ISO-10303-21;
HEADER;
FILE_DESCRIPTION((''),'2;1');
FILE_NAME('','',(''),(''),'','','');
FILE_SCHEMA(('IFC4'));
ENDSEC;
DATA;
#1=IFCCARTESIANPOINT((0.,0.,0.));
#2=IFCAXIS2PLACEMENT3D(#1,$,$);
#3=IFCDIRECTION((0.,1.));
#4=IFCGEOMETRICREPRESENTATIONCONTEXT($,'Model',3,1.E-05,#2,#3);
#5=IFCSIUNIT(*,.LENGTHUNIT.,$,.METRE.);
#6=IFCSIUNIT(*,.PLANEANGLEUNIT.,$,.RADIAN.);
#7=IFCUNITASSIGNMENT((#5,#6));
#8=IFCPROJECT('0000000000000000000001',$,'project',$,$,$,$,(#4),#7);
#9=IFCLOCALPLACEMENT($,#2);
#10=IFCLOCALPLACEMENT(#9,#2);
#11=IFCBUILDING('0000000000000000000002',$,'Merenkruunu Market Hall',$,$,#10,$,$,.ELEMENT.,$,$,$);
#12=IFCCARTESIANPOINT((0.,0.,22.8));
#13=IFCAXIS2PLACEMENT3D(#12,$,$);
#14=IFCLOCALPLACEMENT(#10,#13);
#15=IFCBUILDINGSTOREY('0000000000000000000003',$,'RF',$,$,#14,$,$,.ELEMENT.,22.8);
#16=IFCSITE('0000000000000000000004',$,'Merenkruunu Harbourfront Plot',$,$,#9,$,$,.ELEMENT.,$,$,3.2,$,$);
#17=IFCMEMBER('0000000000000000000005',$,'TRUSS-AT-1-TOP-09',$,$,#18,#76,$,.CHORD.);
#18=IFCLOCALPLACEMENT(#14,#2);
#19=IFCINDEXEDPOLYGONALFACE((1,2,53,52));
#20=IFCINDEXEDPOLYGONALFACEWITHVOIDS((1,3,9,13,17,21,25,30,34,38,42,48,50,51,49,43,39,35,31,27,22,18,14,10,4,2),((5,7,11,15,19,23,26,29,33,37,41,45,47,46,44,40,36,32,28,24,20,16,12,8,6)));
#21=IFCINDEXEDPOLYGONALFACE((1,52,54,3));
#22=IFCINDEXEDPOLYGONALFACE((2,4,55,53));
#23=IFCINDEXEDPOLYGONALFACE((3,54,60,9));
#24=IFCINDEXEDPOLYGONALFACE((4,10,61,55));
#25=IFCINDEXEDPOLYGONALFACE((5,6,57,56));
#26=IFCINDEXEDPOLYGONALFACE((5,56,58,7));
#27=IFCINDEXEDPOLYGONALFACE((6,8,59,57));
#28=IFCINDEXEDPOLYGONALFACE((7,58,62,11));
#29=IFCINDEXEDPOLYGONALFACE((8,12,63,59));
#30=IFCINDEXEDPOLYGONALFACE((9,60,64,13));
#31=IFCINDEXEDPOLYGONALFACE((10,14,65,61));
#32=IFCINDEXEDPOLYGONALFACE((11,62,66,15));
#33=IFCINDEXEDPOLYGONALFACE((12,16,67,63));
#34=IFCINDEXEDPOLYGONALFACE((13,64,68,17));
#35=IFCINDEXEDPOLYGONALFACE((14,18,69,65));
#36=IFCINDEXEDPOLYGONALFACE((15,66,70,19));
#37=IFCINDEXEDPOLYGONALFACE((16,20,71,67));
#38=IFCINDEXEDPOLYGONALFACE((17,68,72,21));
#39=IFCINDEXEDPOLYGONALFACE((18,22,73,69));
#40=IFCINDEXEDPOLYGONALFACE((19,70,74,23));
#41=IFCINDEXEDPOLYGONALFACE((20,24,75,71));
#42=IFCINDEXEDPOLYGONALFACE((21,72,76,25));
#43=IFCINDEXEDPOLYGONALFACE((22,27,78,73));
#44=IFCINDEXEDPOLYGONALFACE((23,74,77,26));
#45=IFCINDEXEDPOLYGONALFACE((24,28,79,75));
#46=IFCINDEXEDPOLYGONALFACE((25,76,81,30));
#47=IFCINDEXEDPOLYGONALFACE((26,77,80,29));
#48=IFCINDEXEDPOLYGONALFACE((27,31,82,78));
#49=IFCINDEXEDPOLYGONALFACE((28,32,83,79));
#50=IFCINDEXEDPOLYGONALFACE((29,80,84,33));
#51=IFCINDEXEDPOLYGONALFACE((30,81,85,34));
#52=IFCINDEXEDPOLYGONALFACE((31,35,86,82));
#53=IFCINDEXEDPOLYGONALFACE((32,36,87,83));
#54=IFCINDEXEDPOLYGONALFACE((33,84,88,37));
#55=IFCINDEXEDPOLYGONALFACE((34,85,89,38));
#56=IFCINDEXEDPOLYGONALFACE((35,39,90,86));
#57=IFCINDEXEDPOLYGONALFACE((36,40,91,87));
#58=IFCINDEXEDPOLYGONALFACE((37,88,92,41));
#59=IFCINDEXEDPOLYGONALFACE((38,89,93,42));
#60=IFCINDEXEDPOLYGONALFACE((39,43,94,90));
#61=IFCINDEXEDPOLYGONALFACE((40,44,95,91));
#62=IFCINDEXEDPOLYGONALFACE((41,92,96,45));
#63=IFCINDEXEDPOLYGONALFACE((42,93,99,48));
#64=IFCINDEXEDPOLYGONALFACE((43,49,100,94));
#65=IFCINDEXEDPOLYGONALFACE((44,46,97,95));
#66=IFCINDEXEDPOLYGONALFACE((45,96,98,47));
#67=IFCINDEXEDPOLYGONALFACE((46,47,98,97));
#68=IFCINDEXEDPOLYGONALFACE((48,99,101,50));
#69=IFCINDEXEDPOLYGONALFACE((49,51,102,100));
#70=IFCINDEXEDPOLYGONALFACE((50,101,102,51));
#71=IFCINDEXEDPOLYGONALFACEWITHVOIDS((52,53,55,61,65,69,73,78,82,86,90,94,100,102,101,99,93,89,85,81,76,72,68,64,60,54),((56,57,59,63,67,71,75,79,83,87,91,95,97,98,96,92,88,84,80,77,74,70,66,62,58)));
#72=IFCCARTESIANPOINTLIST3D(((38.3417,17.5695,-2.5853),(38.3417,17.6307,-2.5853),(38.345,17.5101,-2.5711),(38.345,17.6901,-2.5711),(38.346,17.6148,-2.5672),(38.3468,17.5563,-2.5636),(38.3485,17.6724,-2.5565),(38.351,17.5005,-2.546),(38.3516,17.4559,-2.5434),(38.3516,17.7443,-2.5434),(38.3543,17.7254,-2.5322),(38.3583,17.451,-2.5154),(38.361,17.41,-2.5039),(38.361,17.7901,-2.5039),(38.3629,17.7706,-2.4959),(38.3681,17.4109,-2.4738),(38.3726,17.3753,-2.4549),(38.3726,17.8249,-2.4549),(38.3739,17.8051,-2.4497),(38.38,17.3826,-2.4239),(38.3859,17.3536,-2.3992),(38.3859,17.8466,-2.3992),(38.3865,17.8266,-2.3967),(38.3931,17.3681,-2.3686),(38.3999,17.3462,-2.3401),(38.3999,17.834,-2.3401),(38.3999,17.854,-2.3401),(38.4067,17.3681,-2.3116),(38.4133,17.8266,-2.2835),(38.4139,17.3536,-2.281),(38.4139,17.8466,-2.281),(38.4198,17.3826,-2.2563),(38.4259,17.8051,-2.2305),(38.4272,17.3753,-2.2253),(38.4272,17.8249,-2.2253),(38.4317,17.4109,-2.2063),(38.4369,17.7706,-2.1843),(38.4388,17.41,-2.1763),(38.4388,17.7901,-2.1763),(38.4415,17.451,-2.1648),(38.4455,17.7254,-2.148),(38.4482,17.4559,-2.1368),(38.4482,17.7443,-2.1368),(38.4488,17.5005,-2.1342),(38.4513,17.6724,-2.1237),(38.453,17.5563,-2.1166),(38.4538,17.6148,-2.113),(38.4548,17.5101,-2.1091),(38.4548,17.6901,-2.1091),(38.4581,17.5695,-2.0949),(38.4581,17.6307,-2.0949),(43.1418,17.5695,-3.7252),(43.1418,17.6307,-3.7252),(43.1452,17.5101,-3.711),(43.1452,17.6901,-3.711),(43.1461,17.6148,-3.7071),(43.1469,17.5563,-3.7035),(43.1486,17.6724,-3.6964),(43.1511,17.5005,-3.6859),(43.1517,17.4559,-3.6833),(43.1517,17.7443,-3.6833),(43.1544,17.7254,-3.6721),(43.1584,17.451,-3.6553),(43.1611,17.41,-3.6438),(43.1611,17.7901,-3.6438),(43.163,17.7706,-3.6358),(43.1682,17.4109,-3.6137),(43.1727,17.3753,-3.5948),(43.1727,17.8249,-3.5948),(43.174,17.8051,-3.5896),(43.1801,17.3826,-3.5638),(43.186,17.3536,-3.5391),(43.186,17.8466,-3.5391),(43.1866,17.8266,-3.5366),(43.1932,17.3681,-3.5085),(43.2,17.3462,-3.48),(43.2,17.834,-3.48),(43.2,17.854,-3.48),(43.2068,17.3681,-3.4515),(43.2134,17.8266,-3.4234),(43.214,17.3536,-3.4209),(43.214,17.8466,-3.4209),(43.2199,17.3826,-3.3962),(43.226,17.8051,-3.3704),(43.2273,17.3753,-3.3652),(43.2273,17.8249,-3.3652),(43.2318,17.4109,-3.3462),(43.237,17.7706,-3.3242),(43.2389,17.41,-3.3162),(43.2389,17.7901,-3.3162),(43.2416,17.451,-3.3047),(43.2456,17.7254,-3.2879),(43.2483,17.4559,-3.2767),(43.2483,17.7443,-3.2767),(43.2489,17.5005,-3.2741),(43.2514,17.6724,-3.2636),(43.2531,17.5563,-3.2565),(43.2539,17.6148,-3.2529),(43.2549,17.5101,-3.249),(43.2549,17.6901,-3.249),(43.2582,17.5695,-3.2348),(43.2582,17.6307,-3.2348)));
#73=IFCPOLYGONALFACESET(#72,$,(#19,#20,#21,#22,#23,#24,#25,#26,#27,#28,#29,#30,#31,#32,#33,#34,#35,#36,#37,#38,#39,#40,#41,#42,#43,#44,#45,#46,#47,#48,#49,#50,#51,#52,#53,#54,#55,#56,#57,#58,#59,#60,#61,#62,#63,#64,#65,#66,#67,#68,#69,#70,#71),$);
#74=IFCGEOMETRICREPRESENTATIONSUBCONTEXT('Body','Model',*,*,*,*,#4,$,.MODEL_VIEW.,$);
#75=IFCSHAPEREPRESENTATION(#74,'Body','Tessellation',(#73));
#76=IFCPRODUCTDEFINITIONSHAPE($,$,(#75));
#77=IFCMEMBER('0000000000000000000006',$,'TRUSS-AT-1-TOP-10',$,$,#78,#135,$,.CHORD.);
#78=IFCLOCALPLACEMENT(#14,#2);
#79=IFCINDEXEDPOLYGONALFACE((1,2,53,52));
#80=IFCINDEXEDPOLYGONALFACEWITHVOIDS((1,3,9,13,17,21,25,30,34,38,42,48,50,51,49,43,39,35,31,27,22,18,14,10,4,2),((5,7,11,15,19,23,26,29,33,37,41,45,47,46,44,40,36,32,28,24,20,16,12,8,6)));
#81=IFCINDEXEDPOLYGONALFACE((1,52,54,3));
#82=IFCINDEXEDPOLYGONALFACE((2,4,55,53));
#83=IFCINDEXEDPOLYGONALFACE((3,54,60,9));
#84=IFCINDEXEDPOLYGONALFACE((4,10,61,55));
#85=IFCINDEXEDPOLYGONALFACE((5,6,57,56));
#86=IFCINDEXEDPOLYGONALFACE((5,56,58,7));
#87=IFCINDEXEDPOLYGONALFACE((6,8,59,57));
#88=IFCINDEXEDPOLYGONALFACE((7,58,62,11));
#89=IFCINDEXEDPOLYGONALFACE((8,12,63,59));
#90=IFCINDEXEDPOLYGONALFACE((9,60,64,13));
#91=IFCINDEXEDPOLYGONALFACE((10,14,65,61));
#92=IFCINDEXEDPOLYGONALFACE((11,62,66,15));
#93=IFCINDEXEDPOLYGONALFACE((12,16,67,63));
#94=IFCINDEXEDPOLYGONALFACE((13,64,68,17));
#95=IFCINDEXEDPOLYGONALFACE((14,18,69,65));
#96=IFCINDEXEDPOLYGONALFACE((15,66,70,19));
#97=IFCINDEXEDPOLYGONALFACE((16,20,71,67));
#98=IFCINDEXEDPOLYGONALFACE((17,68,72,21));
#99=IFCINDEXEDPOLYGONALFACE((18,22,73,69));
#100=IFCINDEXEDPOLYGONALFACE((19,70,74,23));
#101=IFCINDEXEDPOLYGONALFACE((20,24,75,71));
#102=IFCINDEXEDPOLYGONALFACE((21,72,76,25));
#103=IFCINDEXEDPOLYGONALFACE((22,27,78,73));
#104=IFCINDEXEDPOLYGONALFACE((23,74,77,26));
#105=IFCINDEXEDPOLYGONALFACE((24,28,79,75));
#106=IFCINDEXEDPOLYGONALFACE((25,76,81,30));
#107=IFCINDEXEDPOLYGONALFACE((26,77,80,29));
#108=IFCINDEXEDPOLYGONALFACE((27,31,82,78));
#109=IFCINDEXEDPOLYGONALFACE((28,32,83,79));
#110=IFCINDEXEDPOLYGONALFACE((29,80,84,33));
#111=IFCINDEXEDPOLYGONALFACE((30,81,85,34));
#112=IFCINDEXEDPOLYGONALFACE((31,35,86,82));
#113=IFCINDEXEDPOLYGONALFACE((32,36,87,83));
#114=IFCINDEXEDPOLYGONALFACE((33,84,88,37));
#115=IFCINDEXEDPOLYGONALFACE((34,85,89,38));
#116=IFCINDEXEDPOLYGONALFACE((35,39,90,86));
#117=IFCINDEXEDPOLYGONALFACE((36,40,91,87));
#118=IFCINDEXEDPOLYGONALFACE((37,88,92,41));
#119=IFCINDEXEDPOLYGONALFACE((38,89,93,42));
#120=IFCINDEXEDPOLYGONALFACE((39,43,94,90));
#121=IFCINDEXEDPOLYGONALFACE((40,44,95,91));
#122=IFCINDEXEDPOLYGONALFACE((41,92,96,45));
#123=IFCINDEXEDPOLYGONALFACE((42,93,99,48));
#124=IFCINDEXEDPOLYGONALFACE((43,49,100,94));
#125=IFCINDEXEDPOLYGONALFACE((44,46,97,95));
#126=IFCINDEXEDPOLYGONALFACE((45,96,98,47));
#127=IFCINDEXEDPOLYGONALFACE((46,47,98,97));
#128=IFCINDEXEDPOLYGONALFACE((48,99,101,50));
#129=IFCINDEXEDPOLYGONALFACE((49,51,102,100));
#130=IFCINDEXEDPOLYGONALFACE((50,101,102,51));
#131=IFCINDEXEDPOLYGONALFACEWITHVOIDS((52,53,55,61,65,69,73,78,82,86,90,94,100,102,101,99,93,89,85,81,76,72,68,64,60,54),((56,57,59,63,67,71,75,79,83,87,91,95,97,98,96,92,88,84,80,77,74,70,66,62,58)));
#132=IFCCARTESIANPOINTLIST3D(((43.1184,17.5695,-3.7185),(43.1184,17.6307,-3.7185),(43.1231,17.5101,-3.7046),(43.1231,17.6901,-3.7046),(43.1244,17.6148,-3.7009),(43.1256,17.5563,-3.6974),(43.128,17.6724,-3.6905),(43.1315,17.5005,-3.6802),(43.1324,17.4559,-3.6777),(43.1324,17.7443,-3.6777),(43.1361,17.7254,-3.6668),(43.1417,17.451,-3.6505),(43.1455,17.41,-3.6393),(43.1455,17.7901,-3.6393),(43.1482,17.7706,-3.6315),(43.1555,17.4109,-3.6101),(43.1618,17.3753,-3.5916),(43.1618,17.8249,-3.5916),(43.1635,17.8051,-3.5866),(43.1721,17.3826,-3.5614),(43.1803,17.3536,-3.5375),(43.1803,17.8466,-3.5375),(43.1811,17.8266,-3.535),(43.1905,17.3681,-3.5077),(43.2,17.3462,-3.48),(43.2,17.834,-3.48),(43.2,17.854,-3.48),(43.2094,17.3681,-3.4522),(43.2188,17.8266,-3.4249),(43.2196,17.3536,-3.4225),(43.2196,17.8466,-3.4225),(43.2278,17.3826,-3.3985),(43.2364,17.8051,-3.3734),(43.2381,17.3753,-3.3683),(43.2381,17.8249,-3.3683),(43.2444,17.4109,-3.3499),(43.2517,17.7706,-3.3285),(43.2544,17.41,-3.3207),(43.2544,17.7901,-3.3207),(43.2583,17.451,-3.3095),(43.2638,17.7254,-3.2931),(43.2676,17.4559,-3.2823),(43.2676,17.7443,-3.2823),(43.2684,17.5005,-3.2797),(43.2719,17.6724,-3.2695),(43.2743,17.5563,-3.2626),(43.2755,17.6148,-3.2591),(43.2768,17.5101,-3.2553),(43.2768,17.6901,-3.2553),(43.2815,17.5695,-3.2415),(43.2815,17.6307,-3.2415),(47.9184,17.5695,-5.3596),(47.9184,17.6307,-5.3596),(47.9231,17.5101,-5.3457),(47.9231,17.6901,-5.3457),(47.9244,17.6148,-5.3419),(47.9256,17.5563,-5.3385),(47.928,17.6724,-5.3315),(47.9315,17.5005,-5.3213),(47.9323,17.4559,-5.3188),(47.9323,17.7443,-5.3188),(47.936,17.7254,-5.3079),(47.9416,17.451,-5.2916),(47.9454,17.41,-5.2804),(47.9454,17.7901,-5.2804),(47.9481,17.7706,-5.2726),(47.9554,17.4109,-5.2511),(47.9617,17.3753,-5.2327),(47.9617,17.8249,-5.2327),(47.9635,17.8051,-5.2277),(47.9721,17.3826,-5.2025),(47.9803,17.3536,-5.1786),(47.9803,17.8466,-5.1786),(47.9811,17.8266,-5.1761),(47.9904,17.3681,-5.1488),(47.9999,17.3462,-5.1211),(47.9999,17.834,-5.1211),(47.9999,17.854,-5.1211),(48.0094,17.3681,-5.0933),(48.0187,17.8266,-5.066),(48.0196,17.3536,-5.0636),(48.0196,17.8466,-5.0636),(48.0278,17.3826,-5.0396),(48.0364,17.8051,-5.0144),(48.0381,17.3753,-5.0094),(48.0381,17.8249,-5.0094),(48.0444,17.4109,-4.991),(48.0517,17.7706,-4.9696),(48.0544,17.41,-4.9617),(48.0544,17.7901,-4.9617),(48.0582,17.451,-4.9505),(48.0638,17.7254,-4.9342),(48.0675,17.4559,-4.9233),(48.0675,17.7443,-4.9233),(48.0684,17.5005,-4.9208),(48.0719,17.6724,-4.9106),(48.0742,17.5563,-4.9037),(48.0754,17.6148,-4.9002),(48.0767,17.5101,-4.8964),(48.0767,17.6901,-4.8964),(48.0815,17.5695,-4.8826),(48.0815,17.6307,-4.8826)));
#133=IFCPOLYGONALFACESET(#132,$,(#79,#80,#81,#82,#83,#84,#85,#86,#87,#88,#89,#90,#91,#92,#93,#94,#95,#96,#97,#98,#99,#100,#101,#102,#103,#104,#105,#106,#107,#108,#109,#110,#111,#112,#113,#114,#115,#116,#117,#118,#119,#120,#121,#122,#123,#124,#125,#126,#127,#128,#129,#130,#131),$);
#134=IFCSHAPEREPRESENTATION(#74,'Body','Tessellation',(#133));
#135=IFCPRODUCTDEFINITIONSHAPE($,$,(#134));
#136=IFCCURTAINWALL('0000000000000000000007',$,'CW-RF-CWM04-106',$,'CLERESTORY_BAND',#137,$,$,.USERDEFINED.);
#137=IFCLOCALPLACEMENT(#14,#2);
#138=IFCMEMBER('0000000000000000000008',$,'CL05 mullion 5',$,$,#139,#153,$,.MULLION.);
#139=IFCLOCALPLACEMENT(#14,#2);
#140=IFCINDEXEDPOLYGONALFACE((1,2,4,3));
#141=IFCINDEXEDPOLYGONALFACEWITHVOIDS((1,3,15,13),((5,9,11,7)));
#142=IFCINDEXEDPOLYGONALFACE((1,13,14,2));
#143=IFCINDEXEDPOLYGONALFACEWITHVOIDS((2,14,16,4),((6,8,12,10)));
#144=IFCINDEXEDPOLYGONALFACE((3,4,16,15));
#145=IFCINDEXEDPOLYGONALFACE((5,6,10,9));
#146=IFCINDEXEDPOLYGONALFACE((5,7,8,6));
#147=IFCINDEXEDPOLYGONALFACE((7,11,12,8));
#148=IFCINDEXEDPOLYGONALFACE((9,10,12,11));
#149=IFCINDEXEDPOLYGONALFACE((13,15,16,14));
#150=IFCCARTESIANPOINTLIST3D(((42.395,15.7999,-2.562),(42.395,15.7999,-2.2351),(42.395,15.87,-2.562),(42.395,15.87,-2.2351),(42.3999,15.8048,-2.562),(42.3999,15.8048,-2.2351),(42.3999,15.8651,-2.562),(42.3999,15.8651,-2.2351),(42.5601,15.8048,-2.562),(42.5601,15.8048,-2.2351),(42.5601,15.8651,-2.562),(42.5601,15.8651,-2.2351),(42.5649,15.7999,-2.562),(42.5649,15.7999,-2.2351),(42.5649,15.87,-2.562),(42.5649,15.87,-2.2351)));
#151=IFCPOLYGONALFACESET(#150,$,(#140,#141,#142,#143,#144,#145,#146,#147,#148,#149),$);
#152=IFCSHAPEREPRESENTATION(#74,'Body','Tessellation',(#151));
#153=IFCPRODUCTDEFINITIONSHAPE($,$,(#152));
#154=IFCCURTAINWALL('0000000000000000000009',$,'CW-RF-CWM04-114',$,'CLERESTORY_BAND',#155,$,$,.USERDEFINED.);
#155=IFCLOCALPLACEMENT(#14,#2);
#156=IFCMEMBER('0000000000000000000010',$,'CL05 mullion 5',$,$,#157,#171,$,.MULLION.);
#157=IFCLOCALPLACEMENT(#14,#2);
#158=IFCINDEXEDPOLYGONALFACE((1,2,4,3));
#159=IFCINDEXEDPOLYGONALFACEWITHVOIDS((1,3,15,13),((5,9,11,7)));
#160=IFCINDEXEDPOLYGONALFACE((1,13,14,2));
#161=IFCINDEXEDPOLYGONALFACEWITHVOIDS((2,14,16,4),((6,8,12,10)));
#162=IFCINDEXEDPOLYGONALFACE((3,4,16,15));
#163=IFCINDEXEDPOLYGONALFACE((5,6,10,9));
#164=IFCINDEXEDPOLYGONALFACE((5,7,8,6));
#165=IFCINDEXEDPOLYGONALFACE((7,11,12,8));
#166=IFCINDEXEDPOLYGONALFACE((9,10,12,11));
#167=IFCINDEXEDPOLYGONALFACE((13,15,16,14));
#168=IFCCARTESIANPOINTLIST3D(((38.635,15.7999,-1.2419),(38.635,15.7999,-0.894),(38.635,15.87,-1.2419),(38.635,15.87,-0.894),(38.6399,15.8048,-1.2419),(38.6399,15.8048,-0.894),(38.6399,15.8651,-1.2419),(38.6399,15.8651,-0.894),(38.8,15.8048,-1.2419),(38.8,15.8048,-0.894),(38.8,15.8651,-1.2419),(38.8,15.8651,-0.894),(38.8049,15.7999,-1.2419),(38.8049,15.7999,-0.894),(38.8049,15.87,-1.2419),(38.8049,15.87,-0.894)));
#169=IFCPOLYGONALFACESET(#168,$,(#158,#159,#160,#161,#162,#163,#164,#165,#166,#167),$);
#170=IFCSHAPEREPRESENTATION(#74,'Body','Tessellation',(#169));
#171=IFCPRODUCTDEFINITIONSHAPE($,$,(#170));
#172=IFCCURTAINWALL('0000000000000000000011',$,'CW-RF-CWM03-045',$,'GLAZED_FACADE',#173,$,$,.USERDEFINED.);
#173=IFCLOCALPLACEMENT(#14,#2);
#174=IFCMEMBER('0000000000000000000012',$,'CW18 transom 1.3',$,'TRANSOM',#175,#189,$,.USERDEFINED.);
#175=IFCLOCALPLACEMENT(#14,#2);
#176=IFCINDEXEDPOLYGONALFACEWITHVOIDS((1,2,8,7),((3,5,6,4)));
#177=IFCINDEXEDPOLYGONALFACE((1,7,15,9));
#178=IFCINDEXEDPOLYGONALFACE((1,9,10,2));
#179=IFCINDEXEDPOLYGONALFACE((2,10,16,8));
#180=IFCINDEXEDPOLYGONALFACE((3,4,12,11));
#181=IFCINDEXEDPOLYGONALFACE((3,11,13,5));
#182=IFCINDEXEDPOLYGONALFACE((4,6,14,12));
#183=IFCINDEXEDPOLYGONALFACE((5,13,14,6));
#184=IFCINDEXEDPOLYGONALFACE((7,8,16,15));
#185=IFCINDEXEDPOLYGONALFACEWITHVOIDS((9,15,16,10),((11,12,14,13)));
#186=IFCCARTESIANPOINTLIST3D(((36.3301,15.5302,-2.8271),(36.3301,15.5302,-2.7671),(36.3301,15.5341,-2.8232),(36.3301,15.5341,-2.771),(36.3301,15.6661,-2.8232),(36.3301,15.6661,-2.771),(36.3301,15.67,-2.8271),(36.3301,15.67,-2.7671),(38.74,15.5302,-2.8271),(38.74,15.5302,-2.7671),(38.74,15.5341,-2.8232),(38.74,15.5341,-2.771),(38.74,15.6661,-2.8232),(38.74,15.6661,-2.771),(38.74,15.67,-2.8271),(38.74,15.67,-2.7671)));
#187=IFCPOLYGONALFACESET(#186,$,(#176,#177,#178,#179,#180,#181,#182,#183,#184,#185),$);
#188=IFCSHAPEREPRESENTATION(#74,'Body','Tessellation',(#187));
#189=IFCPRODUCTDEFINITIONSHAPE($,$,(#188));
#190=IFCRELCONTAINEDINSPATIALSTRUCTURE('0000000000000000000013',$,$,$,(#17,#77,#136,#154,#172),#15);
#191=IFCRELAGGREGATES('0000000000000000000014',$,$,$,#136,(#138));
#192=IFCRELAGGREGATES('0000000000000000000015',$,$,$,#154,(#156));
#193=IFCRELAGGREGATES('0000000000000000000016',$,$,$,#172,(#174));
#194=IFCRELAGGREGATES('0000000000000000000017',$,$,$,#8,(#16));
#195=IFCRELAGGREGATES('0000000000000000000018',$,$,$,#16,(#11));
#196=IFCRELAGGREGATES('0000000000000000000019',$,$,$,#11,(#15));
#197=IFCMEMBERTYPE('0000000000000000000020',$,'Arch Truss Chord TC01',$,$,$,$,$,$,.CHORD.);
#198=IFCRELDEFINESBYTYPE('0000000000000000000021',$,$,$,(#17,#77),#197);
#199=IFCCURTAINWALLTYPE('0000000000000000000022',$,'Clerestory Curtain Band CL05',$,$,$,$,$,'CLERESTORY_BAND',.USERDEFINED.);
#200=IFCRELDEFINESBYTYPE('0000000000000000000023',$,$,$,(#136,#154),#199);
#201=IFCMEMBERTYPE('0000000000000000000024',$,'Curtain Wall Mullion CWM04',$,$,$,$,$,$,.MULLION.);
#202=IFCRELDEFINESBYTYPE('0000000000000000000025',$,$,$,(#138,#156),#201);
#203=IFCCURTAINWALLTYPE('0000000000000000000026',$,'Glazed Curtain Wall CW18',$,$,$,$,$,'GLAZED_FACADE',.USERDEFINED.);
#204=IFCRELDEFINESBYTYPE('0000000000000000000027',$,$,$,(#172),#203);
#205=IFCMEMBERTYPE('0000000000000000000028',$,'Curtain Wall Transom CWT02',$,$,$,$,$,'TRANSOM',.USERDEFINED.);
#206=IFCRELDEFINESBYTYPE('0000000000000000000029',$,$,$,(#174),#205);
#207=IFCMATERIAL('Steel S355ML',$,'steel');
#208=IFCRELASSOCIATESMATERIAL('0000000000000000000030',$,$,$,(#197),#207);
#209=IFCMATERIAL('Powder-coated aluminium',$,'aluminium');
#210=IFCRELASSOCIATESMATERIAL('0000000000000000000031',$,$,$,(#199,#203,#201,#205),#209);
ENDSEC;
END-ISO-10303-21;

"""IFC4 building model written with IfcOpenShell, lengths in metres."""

from ifc_helpers import new_model, si_unit, direction, frame, origin, origin_2d, place, context, subcontext, project, spatial, hollow_rectangle, hollow_circle, extrude, material, material_profile, profile_set, type_object, element, aggregate, save


model = new_model("IFC4")

# Units and contexts
model_context = context("Model", 3, precision=1e-05, world=origin(), true_north=direction((0.0, 1.0)))
body_context = subcontext(model_context, "Body", "Model", "MODEL_VIEW")
ifc_project = project(units=[si_unit("LENGTHUNIT", "METRE"), si_unit("PLANEANGLEUNIT", "RADIAN")], contexts=[model_context])

# Site, building, storey
site_placement = place(None, origin())
site = spatial("IfcSite", under=ifc_project, at=site_placement, Name="Merenkruunu Harbourfront Plot", CompositionType="ELEMENT", RefElevation=3.2)
building_placement = place(site_placement, origin())
building = spatial("IfcBuilding", under=site, at=building_placement, Name="Merenkruunu Market Hall", CompositionType="ELEMENT")
storey_placement = place(building_placement, frame((0.0, 0.0, 22.8)))
storey = spatial("IfcBuildingStorey", under=building, at=storey_placement, Name="RF", CompositionType="ELEMENT", Elevation=22.8)

# Members
ifc_material_1 = material(Name="Steel S355ML", Category="steel")
ifc_material_profile_1 = material_profile(ifc_material_1, hollow_circle(Radius=0.2539, WallThickness=0.02, at=origin_2d()), Name="CHS 508x20")
ifc_profile_set_1 = profile_set([ifc_material_profile_1], Name="Steel S355ML")
member_type_1 = type_object("IfcMemberType", Name="Arch Truss Chord TC01", PredefinedType="CHORD", material=ifc_profile_set_1)
member_1_placement = place(storey_placement, frame((38.3999, 17.6001, -2.3401), z_axis=(0.972942, 0.0, -0.23105), x_axis=(0.0, 1.0, 0.0)))
element("IfcMember", 1, at=member_1_placement, inside=storey, type_object=member_type_1, Name="TRUSS-AT-1-TOP-09", PredefinedType="CHORD", context=body_context, shape_type="SweptSolid", body=[
    extrude(hollow_circle(Radius=0.2539, WallThickness=0.02, at=origin_2d()), origin(), (0.0, 0.0, 1.0), 4.9336),
])
member_2_placement = place(storey_placement, frame((43.2, 17.6001, -3.48), z_axis=(0.946225, 0.0, -0.32351), x_axis=(0.0, 1.0, 0.0)))
element("IfcMember", 2, at=member_2_placement, inside=storey, type_object=member_type_1, Name="TRUSS-AT-1-TOP-10", PredefinedType="CHORD", context=body_context, shape_type="SweptSolid", body=[
    extrude(hollow_circle(Radius=0.2539, WallThickness=0.02, at=origin_2d()), origin(), (0.0, 0.0, 1.0), 5.0728),
])

# Curtain walls, members
ifc_material_2 = material(Name="Powder-coated aluminium", Category="aluminium")
curtain_wall_type_1 = type_object("IfcCurtainWallType", Name="Clerestory Curtain Band CL05", ElementType="CLERESTORY_BAND", PredefinedType="USERDEFINED", material=ifc_material_2)
curtain_wall_1_placement = place(storey_placement, origin())
curtain_wall_1 = element("IfcCurtainWall", 3, at=curtain_wall_1_placement, inside=storey, type_object=curtain_wall_type_1, Name="CW-RF-CWM04-106", ObjectType="CLERESTORY_BAND", PredefinedType="USERDEFINED")
ifc_material_profile_2 = material_profile(ifc_material_2, hollow_rectangle(XDim=0.0701, YDim=0.1699, WallThickness=0.0049, at=origin_2d()), Name="ALU 70x170x5")
ifc_profile_set_2 = profile_set([ifc_material_profile_2], Name="Powder-coated aluminium")
member_type_2 = type_object("IfcMemberType", Name="Curtain Wall Mullion CWM04", PredefinedType="MULLION", material=ifc_profile_set_2)
member_3_placement = place(storey_placement, frame((42.48, 15.835, -2.562), z_axis=(0.0, 0.0, 1.0), x_axis=(0.0, -1.0, 0.0)))
member_3 = element("IfcMember", 4, at=member_3_placement, type_object=member_type_2, Name="CL05 mullion 5", PredefinedType="MULLION", context=body_context, shape_type="SweptSolid", body=[
    extrude(hollow_rectangle(XDim=0.0701, YDim=0.1699, WallThickness=0.0049, at=origin_2d()), origin(), (0.0, 0.0, 1.0), 0.3269),
])
aggregate(curtain_wall_1, [member_3])
curtain_wall_2_placement = place(storey_placement, origin())
curtain_wall_2 = element("IfcCurtainWall", 5, at=curtain_wall_2_placement, inside=storey, type_object=curtain_wall_type_1, Name="CW-RF-CWM04-114", ObjectType="CLERESTORY_BAND", PredefinedType="USERDEFINED")
member_4_placement = place(storey_placement, frame((38.72, 15.835, -1.2419), z_axis=(0.0, 0.0, 1.0), x_axis=(0.0, -1.0, 0.0)))
member_4 = element("IfcMember", 6, at=member_4_placement, type_object=member_type_2, Name="CL05 mullion 5", PredefinedType="MULLION", context=body_context, shape_type="SweptSolid", body=[
    extrude(hollow_rectangle(XDim=0.0701, YDim=0.1699, WallThickness=0.0049, at=origin_2d()), origin(), (0.0, 0.0, 1.0), 0.3479),
])
aggregate(curtain_wall_2, [member_4])

# Curtain wall, member
curtain_wall_type_2 = type_object("IfcCurtainWallType", Name="Glazed Curtain Wall CW18", ElementType="GLAZED_FACADE", PredefinedType="USERDEFINED", material=ifc_material_2)
curtain_wall_3_placement = place(storey_placement, origin())
curtain_wall_3 = element("IfcCurtainWall", 7, at=curtain_wall_3_placement, inside=storey, type_object=curtain_wall_type_2, Name="CW-RF-CWM03-045", ObjectType="GLAZED_FACADE", PredefinedType="USERDEFINED")
ifc_material_profile_3 = material_profile(ifc_material_2, hollow_rectangle(XDim=0.0601, YDim=0.1399, WallThickness=0.0039, at=origin_2d()), Name="ALU 60x140x4")
ifc_profile_set_3 = profile_set([ifc_material_profile_3], Name="Powder-coated aluminium")
member_type_3 = type_object("IfcMemberType", Name="Curtain Wall Transom CWT02", ElementType="TRANSOM", PredefinedType="USERDEFINED", material=ifc_profile_set_3)
member_5_placement = place(storey_placement, frame((38.74, 15.6001, -2.7971), z_axis=(-1.0, 0.0, 0.0), x_axis=(0.0, 0.0, 1.0)))
member_5 = element("IfcMember", 8, at=member_5_placement, type_object=member_type_3, Name="CW18 transom 1.3", ObjectType="TRANSOM", PredefinedType="USERDEFINED", context=body_context, shape_type="SweptSolid", body=[
    extrude(hollow_rectangle(XDim=0.0601, YDim=0.1399, WallThickness=0.0039, at=origin_2d()), origin(), (0.0, 0.0, 1.0), 2.4099),
])
aggregate(curtain_wall_3, [member_5])

save(model, "model.ifc")
